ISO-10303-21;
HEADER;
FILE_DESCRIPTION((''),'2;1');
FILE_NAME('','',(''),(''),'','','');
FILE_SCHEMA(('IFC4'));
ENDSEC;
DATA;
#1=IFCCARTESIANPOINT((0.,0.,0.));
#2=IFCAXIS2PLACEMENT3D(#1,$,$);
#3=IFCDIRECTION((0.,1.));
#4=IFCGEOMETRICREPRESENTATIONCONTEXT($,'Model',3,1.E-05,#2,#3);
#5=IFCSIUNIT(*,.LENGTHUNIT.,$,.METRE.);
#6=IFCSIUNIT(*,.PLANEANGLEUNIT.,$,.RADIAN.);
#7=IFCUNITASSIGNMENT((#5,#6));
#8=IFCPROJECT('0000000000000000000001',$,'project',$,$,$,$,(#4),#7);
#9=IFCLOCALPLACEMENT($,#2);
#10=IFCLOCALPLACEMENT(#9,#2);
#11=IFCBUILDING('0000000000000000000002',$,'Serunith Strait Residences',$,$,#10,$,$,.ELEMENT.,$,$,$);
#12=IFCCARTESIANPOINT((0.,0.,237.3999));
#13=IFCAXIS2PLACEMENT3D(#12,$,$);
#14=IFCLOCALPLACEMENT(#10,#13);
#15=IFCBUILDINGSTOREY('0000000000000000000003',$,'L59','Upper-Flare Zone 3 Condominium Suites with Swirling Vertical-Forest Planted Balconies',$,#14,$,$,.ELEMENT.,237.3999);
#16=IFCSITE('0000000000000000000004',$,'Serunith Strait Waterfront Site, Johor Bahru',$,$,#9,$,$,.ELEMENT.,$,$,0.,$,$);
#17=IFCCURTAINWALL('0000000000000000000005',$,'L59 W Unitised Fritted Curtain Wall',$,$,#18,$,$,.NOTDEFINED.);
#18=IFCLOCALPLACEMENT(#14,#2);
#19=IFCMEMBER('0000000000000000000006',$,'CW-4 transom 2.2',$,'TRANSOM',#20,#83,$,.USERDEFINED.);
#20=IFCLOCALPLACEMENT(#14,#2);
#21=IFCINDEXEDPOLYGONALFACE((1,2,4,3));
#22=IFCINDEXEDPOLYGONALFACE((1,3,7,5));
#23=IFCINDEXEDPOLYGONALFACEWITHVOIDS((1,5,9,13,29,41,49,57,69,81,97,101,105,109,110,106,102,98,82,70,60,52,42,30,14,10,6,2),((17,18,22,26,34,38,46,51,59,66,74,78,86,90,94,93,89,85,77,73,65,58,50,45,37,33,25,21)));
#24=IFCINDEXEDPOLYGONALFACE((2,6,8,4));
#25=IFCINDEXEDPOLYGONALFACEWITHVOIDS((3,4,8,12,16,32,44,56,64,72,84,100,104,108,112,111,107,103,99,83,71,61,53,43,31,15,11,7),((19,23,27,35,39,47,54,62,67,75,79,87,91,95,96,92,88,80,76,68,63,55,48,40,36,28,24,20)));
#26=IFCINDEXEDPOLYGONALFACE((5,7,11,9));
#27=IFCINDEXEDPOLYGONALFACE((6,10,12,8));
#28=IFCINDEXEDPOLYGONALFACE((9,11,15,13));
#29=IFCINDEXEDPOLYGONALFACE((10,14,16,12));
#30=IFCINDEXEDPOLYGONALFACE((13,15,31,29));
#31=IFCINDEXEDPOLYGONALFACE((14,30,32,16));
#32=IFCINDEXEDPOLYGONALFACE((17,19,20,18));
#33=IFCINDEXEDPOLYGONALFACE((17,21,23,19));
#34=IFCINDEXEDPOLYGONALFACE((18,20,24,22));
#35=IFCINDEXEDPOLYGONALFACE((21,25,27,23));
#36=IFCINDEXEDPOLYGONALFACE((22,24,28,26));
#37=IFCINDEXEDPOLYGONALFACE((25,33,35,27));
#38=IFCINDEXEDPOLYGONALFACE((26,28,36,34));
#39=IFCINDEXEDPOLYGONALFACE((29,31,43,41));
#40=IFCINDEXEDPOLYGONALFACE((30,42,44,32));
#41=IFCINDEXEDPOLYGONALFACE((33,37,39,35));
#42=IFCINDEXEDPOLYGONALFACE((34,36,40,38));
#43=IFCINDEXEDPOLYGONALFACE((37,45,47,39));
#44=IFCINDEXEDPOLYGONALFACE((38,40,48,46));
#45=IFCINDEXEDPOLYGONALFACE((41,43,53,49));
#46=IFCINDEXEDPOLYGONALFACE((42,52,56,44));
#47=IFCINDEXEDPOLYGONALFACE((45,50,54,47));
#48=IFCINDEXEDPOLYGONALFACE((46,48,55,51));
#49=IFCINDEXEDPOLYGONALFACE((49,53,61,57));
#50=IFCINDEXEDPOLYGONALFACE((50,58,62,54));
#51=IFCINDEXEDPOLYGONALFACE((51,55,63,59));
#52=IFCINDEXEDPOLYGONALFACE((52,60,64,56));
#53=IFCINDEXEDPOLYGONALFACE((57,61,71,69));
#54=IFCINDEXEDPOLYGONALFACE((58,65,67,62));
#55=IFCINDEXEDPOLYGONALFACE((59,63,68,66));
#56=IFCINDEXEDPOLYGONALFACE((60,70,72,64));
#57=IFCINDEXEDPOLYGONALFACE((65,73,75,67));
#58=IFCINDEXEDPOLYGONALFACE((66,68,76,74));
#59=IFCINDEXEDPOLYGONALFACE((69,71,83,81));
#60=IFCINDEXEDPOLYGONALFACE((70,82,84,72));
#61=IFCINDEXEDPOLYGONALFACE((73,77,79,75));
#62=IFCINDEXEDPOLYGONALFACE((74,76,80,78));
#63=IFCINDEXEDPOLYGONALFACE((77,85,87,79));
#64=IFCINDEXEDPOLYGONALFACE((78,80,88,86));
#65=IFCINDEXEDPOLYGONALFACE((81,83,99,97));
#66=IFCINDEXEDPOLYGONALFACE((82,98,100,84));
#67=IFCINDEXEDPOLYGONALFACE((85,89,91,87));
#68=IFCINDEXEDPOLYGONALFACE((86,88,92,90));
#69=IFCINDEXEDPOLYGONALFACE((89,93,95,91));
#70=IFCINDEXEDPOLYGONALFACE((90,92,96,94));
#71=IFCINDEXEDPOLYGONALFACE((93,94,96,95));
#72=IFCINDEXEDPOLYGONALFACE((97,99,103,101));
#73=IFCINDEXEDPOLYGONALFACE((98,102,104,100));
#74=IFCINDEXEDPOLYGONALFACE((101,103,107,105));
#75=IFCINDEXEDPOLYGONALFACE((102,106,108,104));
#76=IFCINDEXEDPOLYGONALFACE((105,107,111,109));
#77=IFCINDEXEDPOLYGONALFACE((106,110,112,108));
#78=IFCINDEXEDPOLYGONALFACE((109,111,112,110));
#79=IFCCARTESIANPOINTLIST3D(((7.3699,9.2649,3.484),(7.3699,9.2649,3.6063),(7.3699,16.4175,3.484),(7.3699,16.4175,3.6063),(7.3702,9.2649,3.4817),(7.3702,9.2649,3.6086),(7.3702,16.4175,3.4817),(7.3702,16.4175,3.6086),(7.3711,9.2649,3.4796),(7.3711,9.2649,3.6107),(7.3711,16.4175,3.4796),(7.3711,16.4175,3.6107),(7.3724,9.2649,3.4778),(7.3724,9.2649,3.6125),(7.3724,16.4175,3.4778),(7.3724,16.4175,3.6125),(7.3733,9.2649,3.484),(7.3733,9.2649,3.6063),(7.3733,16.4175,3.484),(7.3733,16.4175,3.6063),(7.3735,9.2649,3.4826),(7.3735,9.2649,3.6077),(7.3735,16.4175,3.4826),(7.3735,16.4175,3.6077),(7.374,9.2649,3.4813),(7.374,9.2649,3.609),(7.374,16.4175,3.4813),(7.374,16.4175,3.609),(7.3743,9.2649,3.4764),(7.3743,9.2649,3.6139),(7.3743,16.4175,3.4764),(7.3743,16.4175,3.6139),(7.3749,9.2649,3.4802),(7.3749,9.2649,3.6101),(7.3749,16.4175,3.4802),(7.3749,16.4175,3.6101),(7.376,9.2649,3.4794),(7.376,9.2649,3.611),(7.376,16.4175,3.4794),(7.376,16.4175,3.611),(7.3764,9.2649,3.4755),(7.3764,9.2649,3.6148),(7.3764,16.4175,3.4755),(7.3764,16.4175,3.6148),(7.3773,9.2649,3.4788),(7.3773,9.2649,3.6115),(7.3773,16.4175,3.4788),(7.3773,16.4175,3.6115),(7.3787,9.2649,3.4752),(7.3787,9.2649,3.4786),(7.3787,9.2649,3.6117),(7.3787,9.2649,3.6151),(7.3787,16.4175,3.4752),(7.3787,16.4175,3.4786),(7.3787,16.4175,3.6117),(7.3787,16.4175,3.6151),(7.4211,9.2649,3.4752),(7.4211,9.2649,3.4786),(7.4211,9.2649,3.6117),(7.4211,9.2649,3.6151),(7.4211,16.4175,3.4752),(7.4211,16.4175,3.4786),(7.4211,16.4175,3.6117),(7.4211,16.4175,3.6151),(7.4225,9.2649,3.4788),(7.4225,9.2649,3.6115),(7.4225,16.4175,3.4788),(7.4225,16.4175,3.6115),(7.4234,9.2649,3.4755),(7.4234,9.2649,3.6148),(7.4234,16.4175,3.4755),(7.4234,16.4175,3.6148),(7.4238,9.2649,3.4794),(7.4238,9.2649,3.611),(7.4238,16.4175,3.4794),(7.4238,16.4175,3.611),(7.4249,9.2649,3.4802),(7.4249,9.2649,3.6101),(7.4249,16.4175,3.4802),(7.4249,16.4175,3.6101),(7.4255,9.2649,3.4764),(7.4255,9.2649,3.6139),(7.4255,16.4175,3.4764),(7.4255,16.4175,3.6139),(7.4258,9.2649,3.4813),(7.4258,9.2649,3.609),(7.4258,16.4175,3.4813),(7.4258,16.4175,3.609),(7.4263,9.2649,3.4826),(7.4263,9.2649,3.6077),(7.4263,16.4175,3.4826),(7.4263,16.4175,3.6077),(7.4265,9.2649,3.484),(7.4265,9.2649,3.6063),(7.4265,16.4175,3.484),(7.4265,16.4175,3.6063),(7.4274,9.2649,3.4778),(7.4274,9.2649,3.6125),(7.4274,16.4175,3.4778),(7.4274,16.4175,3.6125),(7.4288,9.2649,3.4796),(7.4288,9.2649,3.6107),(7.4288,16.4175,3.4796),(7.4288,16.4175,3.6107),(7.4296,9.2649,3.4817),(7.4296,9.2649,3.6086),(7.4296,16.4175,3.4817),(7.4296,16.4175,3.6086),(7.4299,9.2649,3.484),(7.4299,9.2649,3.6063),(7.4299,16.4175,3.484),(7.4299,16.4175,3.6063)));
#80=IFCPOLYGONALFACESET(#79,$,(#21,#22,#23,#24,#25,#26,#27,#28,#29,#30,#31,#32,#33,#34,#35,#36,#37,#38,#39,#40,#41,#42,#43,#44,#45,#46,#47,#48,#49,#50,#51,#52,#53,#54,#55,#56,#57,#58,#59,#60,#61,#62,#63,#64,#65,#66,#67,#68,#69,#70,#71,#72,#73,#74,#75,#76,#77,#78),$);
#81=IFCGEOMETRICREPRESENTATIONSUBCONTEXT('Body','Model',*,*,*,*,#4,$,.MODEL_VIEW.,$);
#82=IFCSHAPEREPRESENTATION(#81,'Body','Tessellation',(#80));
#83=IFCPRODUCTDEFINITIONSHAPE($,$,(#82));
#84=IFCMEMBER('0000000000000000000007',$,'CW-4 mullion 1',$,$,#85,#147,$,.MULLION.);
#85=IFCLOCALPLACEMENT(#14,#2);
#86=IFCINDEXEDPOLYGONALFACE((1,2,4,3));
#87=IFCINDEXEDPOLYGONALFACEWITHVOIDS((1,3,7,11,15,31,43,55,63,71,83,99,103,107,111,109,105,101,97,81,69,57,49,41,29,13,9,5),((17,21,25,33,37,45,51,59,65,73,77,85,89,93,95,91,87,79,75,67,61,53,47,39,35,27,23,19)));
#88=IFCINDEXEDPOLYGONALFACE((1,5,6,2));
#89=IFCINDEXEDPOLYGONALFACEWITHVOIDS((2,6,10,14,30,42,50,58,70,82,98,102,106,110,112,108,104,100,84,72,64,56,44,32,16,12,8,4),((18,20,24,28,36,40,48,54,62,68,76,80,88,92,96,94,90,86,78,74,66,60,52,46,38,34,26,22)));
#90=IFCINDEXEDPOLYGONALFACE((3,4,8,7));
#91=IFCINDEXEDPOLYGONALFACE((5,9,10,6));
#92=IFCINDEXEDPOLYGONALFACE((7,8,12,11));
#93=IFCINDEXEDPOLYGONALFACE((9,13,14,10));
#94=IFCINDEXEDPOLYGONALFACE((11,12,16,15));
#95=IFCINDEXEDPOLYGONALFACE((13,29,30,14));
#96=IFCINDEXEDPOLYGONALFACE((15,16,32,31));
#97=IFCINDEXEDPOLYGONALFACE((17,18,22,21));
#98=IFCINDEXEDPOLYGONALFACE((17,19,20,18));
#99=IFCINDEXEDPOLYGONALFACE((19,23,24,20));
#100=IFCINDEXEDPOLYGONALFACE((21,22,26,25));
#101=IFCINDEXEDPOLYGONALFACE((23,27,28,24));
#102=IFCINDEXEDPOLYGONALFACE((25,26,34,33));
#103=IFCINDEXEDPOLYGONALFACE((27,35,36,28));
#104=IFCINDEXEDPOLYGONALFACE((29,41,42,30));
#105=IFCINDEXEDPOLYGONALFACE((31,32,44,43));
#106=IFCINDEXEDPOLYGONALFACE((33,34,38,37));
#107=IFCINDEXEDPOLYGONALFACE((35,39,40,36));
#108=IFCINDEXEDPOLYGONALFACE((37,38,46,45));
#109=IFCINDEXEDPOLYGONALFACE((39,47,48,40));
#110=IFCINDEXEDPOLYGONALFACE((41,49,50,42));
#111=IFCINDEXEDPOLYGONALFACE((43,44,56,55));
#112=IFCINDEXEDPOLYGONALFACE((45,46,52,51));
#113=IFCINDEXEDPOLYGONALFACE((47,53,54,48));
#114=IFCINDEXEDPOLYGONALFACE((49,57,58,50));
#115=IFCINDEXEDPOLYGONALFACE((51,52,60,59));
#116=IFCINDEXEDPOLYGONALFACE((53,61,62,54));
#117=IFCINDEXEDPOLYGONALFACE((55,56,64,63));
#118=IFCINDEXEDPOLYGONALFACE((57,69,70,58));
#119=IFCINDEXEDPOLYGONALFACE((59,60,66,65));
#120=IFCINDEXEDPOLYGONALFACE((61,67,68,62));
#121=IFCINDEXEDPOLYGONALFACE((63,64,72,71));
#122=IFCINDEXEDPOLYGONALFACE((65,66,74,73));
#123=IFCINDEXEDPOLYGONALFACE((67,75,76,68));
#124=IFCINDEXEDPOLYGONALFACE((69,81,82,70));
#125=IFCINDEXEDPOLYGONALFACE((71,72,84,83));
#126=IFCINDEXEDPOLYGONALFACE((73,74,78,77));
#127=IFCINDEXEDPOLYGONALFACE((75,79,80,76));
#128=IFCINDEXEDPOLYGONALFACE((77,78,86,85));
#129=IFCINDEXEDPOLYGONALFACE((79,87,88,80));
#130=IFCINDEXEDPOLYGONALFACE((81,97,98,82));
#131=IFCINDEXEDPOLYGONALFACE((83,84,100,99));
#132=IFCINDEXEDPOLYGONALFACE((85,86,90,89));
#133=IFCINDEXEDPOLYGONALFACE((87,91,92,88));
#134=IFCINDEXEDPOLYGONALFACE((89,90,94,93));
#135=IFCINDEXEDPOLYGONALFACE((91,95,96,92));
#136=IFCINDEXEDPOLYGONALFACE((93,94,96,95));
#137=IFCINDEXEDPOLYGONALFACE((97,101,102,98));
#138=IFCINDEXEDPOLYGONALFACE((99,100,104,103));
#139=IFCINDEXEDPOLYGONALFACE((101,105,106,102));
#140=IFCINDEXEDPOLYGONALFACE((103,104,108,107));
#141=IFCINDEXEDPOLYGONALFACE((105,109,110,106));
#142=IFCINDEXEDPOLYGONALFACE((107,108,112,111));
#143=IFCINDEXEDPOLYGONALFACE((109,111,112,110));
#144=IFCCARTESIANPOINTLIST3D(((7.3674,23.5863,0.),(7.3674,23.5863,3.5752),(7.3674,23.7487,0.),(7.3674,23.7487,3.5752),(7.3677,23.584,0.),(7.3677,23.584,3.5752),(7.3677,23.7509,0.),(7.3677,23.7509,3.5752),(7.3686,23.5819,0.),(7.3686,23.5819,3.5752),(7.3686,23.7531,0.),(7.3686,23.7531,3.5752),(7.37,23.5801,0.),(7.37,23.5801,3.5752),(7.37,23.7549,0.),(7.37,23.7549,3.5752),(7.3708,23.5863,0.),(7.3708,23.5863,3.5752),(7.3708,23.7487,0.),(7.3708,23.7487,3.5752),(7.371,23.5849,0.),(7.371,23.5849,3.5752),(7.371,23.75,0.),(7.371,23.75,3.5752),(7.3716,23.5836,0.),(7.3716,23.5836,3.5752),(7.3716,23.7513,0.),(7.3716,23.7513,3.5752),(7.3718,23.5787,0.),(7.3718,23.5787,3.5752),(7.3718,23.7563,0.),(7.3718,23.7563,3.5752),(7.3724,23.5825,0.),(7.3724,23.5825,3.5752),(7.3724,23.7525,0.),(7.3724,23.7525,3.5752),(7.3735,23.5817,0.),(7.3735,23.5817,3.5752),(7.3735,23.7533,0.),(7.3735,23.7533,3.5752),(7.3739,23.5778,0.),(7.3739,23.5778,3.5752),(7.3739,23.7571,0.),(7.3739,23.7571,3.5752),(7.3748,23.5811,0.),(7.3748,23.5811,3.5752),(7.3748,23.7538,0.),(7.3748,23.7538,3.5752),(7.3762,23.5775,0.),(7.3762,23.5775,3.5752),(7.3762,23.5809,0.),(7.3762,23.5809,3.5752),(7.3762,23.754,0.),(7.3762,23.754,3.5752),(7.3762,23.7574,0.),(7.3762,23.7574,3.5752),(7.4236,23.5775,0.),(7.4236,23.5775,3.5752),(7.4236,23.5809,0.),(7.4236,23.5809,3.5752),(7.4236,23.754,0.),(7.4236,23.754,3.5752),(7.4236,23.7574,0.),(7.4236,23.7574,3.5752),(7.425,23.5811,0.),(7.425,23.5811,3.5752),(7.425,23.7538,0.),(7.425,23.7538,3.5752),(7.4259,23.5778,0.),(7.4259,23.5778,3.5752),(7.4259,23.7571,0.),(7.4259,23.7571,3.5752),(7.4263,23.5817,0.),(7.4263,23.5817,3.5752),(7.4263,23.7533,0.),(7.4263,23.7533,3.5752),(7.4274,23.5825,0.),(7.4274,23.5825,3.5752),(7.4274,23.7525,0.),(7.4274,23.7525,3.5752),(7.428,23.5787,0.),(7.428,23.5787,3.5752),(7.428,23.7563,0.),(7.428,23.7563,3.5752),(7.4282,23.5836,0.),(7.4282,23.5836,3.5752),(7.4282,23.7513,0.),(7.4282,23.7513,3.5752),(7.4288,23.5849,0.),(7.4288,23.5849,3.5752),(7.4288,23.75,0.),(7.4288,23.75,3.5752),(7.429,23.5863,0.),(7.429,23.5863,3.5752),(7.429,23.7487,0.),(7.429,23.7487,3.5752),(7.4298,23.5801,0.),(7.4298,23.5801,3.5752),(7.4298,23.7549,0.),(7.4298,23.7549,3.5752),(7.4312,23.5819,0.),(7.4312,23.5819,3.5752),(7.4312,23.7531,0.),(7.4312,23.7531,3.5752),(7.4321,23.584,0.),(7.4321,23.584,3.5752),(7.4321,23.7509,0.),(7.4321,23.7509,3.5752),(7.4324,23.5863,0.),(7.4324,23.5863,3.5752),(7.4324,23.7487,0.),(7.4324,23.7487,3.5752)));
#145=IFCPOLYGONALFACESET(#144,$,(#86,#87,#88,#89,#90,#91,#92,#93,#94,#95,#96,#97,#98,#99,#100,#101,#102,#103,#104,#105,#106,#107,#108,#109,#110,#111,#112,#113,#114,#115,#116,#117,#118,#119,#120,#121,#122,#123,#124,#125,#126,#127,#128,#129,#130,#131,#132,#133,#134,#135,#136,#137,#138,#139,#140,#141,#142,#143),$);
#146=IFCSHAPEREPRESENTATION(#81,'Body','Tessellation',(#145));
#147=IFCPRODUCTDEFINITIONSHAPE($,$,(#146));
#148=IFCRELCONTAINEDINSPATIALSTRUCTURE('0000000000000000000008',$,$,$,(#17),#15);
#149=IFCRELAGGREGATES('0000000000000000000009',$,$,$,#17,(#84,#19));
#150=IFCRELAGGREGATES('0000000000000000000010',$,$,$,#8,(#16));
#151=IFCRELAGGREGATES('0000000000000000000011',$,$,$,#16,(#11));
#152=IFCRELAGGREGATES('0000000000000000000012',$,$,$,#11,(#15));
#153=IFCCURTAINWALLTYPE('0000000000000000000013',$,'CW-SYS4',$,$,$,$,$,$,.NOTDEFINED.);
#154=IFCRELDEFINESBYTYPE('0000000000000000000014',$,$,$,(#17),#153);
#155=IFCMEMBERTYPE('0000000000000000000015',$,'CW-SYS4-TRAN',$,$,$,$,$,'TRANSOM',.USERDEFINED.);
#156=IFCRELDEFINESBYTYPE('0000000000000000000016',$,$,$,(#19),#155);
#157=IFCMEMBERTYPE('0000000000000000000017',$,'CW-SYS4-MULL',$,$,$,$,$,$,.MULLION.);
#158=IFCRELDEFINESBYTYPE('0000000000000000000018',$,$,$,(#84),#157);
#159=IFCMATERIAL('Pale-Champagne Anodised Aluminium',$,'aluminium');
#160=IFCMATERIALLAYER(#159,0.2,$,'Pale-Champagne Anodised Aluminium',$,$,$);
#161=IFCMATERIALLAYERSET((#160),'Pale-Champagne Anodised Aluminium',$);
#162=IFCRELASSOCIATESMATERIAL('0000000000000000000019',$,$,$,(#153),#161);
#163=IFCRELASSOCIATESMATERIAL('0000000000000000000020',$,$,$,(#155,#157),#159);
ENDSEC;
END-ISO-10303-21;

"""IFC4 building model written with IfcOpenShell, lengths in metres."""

from ifc_helpers import new_model, si_unit, direction, frame, origin, origin_2d, place, context, subcontext, project, spatial, hollow_rectangle, extrude, source, transform, mapped, material, layer, layer_set, material_profile, profile_set, type_object, element, aggregate, save


model = new_model("IFC4")

# Units and contexts
model_context = context("Model", 3, precision=1e-05, world=origin(), true_north=direction((0.0, 1.0)))
body_context = subcontext(model_context, "Body", "Model", "MODEL_VIEW")
ifc_project = project(units=[si_unit("LENGTHUNIT", "METRE"), si_unit("PLANEANGLEUNIT", "RADIAN")], contexts=[model_context])

# Site, building, storey
site_placement = place(None, origin())
site = spatial("IfcSite", under=ifc_project, at=site_placement, Name="Serunith Strait Waterfront Site, Johor Bahru", CompositionType="ELEMENT", RefElevation=0.0)
building_placement = place(site_placement, origin())
building = spatial("IfcBuilding", under=site, at=building_placement, Name="Serunith Strait Residences", CompositionType="ELEMENT")
storey_placement = place(building_placement, frame((0.0, 0.0, 237.3999)))
storey = spatial("IfcBuildingStorey", under=building, at=storey_placement, Name="L59", Description="Upper-Flare Zone 3 Condominium Suites with Swirling Vertical-Forest Planted Balconies", CompositionType="ELEMENT", Elevation=237.3999)

# Curtain wall, members
ifc_material_1 = material(Name="Pale-Champagne Anodised Aluminium", Category="aluminium")
ifc_layer_1 = layer(ifc_material_1, 0.2, Name="Pale-Champagne Anodised Aluminium")
ifc_layer_set_1 = layer_set([ifc_layer_1], Name="Pale-Champagne Anodised Aluminium")
curtain_wall_type = type_object("IfcCurtainWallType", Name="CW-SYS4", PredefinedType="NOTDEFINED", material=ifc_layer_set_1)
curtain_wall_placement = place(storey_placement, origin())
curtain_wall = element("IfcCurtainWall", 1, at=curtain_wall_placement, inside=storey, type_object=curtain_wall_type, Name="L59 W Unitised Fritted Curtain Wall", PredefinedType="NOTDEFINED")
ifc_material_profile_1 = material_profile(ifc_material_1, hollow_rectangle(XDim=0.0601, YDim=0.1399, WallThickness=0.0034, InnerFilletRadius=0.0054, OuterFilletRadius=0.0088, at=origin_2d()), Name="ALU 140x60x3.5")
ifc_profile_set_1 = profile_set([ifc_material_profile_1], Name="Pale-Champagne Anodised Aluminium")
member_type_1 = type_object("IfcMemberType", Name="CW-SYS4-TRAN", ElementType="TRANSOM", PredefinedType="USERDEFINED", material=ifc_profile_set_1)
shared_shape_1 = source(origin(), body_context, "Body", "SweptSolid", [
    extrude(hollow_rectangle(XDim=0.0601, YDim=0.1399, WallThickness=0.0034, InnerFilletRadius=0.0054, OuterFilletRadius=0.0088, at=origin_2d()), origin(), (0.0, 0.0, 1.0), 7.1526),
])
member_1_placement = place(storey_placement, frame((7.3999, 16.4175, 3.5452), z_axis=(0.0, -1.0, 0.0), x_axis=(1.0, 0.0, 0.0)))
member_1 = element("IfcMember", 2, at=member_1_placement, type_object=member_type_1, Name="CW-4 transom 2.2", ObjectType="TRANSOM", PredefinedType="USERDEFINED", context=body_context, shape_type="MappedRepresentation", body=[
    mapped(shared_shape_1, transform((0.0, 0.0, 0.0), scale=1.0)),
])
ifc_material_profile_2 = material_profile(ifc_material_1, hollow_rectangle(XDim=0.0649, YDim=0.1799, WallThickness=0.0034, InnerFilletRadius=0.0054, OuterFilletRadius=0.0088, at=origin_2d()), Name="ALU 180x65x3.5")
ifc_profile_set_2 = profile_set([ifc_material_profile_2], Name="Pale-Champagne Anodised Aluminium")
member_type_2 = type_object("IfcMemberType", Name="CW-SYS4-MULL", PredefinedType="MULLION", material=ifc_profile_set_2)
shared_shape_2 = source(origin(), body_context, "Body", "SweptSolid", [
    extrude(hollow_rectangle(XDim=0.0649, YDim=0.1799, WallThickness=0.0034, InnerFilletRadius=0.0054, OuterFilletRadius=0.0088, at=origin_2d()), origin(), (0.0, 0.0, 1.0), 3.5752),
])
member_2_placement = place(storey_placement, frame((7.3999, 23.6675, 0.0), z_axis=(0.0, 0.0, 1.0), x_axis=(1.0, 0.0, 0.0)))
member_2 = element("IfcMember", 3, at=member_2_placement, type_object=member_type_2, Name="CW-4 mullion 1", PredefinedType="MULLION", context=body_context, shape_type="MappedRepresentation", body=[
    mapped(shared_shape_2, transform((0.0, 0.0, 0.0), scale=1.0)),
])
aggregate(curtain_wall, [member_2, member_1])

save(model, "model.ifc")
